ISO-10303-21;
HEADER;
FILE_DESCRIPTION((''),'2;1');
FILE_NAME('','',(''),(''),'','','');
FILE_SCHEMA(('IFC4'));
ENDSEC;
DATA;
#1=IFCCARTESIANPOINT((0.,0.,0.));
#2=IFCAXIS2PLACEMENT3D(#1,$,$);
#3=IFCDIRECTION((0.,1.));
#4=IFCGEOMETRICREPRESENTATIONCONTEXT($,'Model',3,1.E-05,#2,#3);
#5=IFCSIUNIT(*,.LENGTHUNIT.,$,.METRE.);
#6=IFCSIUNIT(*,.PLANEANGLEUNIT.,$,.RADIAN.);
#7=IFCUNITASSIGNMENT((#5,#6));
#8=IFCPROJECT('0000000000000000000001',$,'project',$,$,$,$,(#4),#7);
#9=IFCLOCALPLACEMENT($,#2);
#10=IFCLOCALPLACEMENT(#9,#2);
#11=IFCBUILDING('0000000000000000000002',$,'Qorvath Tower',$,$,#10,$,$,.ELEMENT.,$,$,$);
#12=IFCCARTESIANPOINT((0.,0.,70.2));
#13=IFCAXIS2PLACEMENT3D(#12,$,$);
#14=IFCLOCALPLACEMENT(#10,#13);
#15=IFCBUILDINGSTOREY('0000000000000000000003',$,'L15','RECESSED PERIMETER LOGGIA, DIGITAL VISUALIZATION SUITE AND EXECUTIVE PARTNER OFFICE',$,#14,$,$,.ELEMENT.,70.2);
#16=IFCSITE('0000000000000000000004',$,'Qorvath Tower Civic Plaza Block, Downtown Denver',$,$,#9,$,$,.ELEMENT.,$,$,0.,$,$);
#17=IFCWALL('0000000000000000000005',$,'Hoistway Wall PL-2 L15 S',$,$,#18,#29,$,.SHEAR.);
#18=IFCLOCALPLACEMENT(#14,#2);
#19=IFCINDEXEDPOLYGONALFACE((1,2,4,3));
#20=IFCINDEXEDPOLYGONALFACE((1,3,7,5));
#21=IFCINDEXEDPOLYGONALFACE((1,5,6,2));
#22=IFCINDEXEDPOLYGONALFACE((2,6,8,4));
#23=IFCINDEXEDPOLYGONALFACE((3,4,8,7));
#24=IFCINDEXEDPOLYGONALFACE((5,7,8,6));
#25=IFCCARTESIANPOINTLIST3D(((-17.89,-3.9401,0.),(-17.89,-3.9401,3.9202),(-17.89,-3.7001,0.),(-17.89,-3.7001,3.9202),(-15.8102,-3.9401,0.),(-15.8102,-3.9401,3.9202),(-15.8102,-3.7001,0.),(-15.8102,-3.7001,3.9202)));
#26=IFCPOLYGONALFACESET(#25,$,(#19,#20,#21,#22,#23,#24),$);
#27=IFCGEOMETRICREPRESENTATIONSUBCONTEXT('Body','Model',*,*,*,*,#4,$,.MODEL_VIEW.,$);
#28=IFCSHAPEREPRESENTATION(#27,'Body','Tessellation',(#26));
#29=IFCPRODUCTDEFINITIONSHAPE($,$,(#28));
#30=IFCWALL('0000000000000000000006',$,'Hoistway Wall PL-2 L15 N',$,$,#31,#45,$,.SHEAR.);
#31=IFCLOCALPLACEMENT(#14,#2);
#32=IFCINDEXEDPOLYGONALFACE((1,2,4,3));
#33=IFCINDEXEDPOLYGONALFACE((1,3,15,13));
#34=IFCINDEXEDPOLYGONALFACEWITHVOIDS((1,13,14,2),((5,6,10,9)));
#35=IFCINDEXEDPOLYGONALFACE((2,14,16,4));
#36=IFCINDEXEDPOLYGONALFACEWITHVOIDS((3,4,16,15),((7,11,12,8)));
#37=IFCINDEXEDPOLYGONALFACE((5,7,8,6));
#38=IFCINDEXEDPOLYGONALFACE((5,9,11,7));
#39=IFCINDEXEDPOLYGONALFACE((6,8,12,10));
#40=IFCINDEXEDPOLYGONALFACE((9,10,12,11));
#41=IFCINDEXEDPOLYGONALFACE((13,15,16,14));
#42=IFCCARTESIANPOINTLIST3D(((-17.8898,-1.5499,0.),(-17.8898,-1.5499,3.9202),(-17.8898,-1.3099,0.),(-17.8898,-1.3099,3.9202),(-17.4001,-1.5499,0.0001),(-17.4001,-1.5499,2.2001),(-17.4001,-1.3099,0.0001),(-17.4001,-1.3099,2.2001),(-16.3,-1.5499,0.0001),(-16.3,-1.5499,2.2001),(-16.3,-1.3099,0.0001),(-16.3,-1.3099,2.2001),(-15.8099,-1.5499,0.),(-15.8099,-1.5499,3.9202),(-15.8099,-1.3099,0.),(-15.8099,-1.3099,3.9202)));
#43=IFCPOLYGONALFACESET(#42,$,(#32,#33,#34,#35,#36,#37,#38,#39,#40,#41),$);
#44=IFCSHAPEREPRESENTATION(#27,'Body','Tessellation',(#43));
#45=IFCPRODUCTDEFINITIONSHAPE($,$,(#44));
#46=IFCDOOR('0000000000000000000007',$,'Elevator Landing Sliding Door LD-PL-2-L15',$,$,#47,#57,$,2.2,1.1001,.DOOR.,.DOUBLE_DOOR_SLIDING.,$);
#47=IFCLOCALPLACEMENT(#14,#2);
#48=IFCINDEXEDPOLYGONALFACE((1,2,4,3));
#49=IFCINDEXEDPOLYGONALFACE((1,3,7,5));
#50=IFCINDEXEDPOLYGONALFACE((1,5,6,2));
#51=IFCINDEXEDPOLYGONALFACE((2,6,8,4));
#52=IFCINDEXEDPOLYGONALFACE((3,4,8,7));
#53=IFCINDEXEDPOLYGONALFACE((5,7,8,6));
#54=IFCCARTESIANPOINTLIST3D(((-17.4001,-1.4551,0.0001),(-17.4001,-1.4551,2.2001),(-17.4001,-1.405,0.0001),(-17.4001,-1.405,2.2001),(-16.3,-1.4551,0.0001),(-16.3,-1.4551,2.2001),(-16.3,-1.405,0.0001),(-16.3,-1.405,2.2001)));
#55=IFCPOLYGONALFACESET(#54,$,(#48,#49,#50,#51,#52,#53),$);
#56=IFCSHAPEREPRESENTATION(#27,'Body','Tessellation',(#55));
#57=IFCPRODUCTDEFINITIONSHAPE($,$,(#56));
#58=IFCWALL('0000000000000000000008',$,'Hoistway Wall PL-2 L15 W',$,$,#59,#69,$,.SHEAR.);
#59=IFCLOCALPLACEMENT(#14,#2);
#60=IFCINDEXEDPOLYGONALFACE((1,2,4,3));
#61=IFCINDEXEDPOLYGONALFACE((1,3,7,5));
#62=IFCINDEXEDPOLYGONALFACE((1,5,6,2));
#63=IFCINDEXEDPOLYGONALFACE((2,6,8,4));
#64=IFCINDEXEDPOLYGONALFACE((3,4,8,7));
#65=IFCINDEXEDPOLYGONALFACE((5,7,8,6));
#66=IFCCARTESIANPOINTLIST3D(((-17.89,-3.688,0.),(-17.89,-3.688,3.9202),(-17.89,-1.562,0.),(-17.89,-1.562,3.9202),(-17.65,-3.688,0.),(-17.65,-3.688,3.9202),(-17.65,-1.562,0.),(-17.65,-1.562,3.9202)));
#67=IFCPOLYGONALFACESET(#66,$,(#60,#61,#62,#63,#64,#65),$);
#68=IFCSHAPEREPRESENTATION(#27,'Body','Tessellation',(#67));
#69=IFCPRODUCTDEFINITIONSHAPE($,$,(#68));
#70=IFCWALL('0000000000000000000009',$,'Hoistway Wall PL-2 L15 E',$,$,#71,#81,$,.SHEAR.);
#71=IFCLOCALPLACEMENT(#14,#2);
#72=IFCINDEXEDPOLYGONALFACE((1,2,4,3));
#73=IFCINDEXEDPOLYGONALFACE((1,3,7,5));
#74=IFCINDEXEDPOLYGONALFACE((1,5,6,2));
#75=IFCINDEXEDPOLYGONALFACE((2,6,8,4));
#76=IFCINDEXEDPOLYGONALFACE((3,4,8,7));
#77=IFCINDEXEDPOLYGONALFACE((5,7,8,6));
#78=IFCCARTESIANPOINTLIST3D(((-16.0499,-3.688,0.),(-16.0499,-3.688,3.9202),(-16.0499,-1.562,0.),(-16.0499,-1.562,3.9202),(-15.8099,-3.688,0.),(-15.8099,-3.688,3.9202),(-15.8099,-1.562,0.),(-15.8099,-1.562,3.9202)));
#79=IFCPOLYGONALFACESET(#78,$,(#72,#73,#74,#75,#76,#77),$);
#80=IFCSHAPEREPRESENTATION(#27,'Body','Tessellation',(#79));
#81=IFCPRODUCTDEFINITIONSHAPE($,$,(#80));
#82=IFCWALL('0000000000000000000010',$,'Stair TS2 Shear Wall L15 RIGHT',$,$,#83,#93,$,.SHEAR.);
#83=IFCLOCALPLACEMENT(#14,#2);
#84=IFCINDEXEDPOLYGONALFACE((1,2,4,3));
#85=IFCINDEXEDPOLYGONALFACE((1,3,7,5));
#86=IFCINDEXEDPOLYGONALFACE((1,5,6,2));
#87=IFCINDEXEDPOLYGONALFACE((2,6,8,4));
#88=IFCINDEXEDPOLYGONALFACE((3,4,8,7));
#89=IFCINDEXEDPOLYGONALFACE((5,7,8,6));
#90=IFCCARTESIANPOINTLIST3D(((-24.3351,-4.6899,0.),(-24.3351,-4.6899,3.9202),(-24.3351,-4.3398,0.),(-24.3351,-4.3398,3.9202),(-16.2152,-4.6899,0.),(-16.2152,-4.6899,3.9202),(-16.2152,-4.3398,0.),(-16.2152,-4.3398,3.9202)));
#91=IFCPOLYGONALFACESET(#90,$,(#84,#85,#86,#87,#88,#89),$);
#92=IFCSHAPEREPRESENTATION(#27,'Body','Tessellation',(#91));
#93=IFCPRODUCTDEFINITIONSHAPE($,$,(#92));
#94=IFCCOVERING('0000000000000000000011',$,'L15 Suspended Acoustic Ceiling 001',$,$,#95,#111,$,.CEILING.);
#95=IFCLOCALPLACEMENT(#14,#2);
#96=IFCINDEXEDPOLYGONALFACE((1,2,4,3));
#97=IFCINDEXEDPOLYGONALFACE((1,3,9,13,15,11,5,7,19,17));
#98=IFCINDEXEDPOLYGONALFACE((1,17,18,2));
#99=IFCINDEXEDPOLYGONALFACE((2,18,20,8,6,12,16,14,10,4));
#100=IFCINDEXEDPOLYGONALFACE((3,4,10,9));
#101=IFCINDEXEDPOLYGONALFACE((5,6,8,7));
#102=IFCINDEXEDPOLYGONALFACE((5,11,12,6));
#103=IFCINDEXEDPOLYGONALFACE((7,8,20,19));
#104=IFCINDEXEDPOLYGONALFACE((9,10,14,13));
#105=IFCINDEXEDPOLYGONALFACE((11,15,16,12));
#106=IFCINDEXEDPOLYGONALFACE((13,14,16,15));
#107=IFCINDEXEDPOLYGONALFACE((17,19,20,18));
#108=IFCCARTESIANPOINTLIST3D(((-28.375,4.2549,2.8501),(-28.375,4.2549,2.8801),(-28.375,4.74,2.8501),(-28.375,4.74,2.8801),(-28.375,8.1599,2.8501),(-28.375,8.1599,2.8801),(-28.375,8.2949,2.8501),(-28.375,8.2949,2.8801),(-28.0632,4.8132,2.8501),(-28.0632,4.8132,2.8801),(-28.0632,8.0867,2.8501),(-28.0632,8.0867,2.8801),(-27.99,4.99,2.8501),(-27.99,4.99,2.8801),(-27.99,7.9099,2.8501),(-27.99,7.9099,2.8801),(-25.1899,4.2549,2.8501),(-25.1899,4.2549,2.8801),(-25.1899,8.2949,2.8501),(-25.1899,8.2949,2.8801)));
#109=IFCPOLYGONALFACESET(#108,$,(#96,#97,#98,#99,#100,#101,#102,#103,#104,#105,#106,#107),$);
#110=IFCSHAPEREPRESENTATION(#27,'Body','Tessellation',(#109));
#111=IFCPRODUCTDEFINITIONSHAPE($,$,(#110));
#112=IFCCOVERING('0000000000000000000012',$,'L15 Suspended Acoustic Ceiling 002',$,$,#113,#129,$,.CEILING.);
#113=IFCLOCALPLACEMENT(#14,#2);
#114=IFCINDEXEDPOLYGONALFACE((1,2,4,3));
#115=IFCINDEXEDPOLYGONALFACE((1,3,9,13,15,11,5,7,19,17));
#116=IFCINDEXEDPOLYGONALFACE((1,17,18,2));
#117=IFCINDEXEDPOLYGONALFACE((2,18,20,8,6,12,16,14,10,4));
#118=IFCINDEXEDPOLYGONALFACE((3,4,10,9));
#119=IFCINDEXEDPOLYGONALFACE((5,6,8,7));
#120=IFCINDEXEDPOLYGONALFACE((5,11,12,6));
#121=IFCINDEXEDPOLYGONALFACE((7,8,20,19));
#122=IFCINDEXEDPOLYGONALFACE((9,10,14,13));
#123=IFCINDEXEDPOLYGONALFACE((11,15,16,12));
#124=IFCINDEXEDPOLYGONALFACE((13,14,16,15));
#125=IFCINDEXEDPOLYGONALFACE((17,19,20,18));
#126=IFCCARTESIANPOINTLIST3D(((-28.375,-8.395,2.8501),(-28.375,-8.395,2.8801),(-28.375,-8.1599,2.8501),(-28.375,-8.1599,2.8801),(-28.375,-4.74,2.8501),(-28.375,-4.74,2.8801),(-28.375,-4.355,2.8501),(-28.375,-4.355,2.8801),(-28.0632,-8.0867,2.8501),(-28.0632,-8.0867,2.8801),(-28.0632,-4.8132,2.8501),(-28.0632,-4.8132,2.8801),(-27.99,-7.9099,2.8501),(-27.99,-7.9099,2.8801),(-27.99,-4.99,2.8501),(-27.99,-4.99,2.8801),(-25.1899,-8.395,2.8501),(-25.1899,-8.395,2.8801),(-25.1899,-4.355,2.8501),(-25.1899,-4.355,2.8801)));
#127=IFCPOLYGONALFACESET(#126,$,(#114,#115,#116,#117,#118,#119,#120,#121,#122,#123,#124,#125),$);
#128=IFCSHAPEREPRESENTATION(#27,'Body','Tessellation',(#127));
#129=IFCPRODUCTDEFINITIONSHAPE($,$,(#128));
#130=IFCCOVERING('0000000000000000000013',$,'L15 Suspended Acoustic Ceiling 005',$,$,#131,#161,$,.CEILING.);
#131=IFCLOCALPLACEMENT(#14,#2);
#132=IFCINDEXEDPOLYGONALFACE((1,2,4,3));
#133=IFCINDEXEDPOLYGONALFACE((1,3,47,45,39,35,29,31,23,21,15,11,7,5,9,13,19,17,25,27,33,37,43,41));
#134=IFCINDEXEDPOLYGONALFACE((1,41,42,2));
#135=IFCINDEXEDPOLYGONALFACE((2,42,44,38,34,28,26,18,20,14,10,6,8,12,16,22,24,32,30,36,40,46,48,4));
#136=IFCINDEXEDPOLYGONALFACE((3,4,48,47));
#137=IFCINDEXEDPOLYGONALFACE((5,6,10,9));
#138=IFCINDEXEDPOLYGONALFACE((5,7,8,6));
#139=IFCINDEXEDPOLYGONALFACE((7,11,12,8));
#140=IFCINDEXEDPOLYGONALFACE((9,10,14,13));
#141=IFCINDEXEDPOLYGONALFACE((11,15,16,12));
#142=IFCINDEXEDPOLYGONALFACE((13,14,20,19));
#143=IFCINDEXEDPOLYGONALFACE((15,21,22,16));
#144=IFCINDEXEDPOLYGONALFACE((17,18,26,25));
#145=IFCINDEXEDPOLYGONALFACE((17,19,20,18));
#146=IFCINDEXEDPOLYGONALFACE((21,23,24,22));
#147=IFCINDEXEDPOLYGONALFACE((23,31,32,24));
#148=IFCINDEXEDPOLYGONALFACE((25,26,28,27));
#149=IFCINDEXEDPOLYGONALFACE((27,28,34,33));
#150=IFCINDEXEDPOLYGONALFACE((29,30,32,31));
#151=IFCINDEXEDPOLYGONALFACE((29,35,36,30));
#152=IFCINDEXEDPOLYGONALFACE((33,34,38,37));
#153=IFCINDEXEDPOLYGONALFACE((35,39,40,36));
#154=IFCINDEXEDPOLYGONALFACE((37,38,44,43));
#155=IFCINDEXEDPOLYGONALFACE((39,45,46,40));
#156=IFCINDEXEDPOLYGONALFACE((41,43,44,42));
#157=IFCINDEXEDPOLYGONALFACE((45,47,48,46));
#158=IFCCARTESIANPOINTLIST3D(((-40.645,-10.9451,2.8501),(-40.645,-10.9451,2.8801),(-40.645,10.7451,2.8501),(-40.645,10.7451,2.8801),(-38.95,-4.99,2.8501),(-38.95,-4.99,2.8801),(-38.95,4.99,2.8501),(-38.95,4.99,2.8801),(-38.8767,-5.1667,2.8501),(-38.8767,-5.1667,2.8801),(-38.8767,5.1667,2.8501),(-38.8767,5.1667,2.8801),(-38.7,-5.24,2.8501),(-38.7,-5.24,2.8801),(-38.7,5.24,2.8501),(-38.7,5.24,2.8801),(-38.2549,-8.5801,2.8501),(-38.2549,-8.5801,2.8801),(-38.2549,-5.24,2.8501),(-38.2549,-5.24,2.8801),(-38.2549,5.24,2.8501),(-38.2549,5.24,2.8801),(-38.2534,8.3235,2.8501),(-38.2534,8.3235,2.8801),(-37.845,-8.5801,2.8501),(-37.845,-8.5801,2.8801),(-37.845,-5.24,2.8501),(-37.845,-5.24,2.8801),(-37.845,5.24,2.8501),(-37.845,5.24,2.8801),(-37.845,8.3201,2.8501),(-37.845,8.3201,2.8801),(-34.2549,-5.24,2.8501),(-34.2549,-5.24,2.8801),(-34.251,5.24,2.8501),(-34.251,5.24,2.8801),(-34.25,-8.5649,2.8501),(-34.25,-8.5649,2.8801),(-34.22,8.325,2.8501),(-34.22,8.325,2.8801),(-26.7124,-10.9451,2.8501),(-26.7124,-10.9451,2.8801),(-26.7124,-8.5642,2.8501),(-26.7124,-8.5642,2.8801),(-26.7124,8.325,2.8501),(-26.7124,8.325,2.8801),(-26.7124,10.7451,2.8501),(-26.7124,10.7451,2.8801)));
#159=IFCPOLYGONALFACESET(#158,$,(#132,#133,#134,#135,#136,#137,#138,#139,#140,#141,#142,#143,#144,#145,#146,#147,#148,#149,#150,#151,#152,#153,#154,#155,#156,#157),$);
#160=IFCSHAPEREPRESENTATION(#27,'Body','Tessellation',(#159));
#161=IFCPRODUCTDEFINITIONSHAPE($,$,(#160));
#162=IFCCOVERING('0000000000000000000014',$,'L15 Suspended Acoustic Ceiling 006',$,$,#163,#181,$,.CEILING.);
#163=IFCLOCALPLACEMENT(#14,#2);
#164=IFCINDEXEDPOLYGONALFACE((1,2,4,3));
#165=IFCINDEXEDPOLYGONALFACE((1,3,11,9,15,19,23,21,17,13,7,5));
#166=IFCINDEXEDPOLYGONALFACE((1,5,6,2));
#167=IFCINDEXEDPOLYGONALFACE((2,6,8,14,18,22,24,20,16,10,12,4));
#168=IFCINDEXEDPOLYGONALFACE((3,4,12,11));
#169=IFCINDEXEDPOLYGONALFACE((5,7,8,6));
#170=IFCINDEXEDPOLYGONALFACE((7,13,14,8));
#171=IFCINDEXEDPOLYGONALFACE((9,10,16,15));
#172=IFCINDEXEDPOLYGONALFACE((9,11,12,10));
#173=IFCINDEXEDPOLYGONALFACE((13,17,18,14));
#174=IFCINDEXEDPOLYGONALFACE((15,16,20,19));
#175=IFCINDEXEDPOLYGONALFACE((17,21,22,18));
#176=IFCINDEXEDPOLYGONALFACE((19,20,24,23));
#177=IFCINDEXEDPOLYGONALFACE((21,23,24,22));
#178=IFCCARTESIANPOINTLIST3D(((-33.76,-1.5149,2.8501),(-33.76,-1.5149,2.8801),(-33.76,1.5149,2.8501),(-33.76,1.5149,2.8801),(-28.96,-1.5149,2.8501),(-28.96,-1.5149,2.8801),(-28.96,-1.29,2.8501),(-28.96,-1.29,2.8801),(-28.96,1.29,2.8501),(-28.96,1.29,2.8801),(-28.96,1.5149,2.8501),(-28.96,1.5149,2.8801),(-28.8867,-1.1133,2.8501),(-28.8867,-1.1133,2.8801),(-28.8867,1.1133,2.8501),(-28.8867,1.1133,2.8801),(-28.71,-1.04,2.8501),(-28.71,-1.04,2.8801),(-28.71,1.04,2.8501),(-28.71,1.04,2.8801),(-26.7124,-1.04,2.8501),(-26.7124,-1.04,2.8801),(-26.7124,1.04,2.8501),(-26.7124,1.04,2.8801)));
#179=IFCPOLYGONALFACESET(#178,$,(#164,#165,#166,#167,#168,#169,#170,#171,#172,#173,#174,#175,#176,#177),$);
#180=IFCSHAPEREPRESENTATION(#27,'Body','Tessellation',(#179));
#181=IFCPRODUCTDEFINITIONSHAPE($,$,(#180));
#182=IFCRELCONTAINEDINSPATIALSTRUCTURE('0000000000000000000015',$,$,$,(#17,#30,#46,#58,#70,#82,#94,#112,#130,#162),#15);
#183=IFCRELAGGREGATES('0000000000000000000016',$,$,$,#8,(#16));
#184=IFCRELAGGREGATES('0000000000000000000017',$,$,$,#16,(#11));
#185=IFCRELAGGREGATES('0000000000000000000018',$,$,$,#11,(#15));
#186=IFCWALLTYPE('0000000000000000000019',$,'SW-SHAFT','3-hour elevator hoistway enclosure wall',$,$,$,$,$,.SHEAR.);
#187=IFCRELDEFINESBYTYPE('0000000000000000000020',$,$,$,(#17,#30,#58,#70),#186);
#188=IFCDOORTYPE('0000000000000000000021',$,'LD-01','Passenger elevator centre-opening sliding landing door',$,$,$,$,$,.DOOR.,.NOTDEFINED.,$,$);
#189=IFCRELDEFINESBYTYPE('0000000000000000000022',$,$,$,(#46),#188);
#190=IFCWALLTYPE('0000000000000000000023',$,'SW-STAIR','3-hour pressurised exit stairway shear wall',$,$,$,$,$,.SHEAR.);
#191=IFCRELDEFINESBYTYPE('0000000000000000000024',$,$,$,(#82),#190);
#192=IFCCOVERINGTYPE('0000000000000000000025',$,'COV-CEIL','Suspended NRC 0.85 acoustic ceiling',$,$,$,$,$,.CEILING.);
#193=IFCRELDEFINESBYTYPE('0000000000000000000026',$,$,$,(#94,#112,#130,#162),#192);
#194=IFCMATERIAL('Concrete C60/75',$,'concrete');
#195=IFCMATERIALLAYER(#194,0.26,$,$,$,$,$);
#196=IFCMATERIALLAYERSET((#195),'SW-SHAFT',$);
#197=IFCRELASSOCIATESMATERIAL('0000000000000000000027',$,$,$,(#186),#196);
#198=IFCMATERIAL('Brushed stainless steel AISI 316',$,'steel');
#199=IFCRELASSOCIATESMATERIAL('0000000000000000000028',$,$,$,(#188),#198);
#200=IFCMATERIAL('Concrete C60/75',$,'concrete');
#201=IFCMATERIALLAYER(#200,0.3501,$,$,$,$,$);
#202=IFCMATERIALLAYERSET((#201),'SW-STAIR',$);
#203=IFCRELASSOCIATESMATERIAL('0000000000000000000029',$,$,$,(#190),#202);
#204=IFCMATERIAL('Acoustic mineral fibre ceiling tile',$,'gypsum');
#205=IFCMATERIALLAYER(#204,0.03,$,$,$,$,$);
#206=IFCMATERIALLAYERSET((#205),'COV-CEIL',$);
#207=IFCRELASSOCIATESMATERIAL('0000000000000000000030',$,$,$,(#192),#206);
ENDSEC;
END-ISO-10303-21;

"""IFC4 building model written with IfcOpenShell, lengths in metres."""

from ifc_helpers import new_model, si_unit, direction, frame, frame_2d, origin, place, context, subcontext, project, spatial, polyline, rectangle, outline, extrude, material, layer, layer_set, type_object, element, fill, save


model = new_model("IFC4")

# Units and contexts
model_context = context("Model", 3, precision=1e-05, world=origin(), true_north=direction((0.0, 1.0)))
body_context = subcontext(model_context, "Body", "Model", "MODEL_VIEW")
ifc_project = project(units=[si_unit("LENGTHUNIT", "METRE"), si_unit("PLANEANGLEUNIT", "RADIAN")], contexts=[model_context])

# Site, building, storey
site_placement = place(None, origin())
site = spatial("IfcSite", under=ifc_project, at=site_placement, Name="Qorvath Tower Civic Plaza Block, Downtown Denver", CompositionType="ELEMENT", RefElevation=0.0)
building_placement = place(site_placement, origin())
building = spatial("IfcBuilding", under=site, at=building_placement, Name="Qorvath Tower", CompositionType="ELEMENT")
storey_placement = place(building_placement, frame((0.0, 0.0, 70.2)))
storey = spatial("IfcBuildingStorey", under=building, at=storey_placement, Name="L15", Description="RECESSED PERIMETER LOGGIA, DIGITAL VISUALIZATION SUITE AND EXECUTIVE PARTNER OFFICE", CompositionType="ELEMENT", Elevation=70.2)

# Wall
ifc_material_1 = material(Name="Concrete C60/75", Category="concrete")
ifc_layer_1 = layer(ifc_material_1, 0.26)
ifc_layer_set_1 = layer_set([ifc_layer_1], Name="SW-SHAFT")
wall_type_1 = type_object("IfcWallType", Name="SW-SHAFT", Description="3-hour elevator hoistway enclosure wall", PredefinedType="SHEAR", material=ifc_layer_set_1)
wall_1_placement = place(storey_placement, frame((-15.8101, -3.8201, 0.0), z_axis=(0.0, 0.0, 1.0), x_axis=(-1.0, 0.0, 0.0)))
element("IfcWall", 1, at=wall_1_placement, inside=storey, type_object=wall_type_1, Name="Hoistway Wall PL-2 L15 S", PredefinedType="SHEAR", context=body_context, shape_type="SweptSolid", body=[
    extrude(rectangle(XDim=2.0798, YDim=0.24, at=frame_2d((1.04, 0.0))), origin(), (0.0, 0.0, 1.0), 3.9202),
])

# Wall, opening, door
wall_2_placement = place(storey_placement, frame((-17.8899, -1.4299, 0.0), z_axis=(0.0, 0.0, 1.0), x_axis=(1.0, 0.0, 0.0)))
wall_2 = element("IfcWall", 2, at=wall_2_placement, inside=storey, type_object=wall_type_1, Name="Hoistway Wall PL-2 L15 N", PredefinedType="SHEAR", context=body_context, shape_type="SweptSolid", body=[
    extrude(rectangle(XDim=2.0798, YDim=0.24, at=frame_2d((1.04, 0.0))), origin(), (0.0, 0.0, 1.0), 3.9202),
])
opening_placement = place(wall_2_placement, frame((0.4897, 0.0, 0.0)))
opening = element("IfcOpeningElement", 3, at=opening_placement, cuts=wall_2, PredefinedType="OPENING", context=body_context, shape_type="SweptSolid", body=[
    extrude(rectangle(XDim=1.1001, YDim=2.2, at=frame_2d((0.55, 1.1001))), frame((0.0, 0.1299, 0.0), z_axis=(0.0, -1.0, 0.0), x_axis=(1.0, 0.0, 0.0)), (0.0, 0.0, 1.0), 0.26),
])
ifc_material_2 = material(Name="Brushed stainless steel AISI 316", Category="steel")
door_type = type_object("IfcDoorType", Name="LD-01", Description="Passenger elevator centre-opening sliding landing door", OperationType="NOTDEFINED", PredefinedType="DOOR", material=ifc_material_2)
door_placement = place(opening_placement, origin())
door = element("IfcDoor", 4, at=door_placement, inside=storey, type_object=door_type, Name="Elevator Landing Sliding Door LD-PL-2-L15", OperationType="DOUBLE_DOOR_SLIDING", OverallHeight=2.2, OverallWidth=1.1001, PredefinedType="DOOR", context=body_context, shape_type="SweptSolid", body=[
    extrude(rectangle(XDim=1.1001, YDim=2.2, at=frame_2d((0.55, 1.1001))), frame((0.0, 0.0249, 0.0), z_axis=(0.0, -1.0, 0.0), x_axis=(1.0, 0.0, 0.0)), (0.0, 0.0, 1.0), 0.05),
])
fill(opening, door)

# Walls
for number, where, z_axis, x_axis, name in (
    (5, (-17.77, -3.688, 0.0), (0.0, 0.0, 1.0), (0.0, 1.0, 0.0), "Hoistway Wall PL-2 L15 W"),
    (6, (-15.9299, -1.562, 0.0), (0.0, 0.0, 1.0), (0.0, -1.0, 0.0), "Hoistway Wall PL-2 L15 E"),
):
    element("IfcWall", number, at=place(storey_placement, frame(where, z_axis=z_axis, x_axis=x_axis)), inside=storey, type_object=wall_type_1, Name=name, PredefinedType="SHEAR", context=body_context, shape_type="SweptSolid", body=[
        extrude(rectangle(XDim=2.126, YDim=0.24, at=frame_2d((1.063, 0.0))), origin(), (0.0, 0.0, 1.0), 3.9202),
    ])
ifc_material_3 = material(Name="Concrete C60/75", Category="concrete")
ifc_layer_2 = layer(ifc_material_3, 0.3501)
ifc_layer_set_2 = layer_set([ifc_layer_2], Name="SW-STAIR")
wall_type_2 = type_object("IfcWallType", Name="SW-STAIR", Description="3-hour pressurised exit stairway shear wall", PredefinedType="SHEAR", material=ifc_layer_set_2)
wall_3_placement = place(storey_placement, frame((-16.2151, -4.5149, 0.0), z_axis=(0.0, 0.0, 1.0), x_axis=(-1.0, 0.0, 0.0)))
element("IfcWall", 7, at=wall_3_placement, inside=storey, type_object=wall_type_2, Name="Stair TS2 Shear Wall L15 RIGHT", PredefinedType="SHEAR", context=body_context, shape_type="SweptSolid", body=[
    extrude(rectangle(XDim=8.1199, YDim=0.3501, at=frame_2d((4.0601, 0.0))), origin(), (0.0, 0.0, 1.0), 3.9202),
])

# Coverings
ifc_material_4 = material(Name="Acoustic mineral fibre ceiling tile", Category="gypsum")
ifc_layer_3 = layer(ifc_material_4, 0.03)
ifc_layer_set_3 = layer_set([ifc_layer_3], Name="COV-CEIL")
covering_type_1 = type_object("IfcCoveringType", Name="COV-CEIL", Description="Suspended NRC 0.85 acoustic ceiling", PredefinedType="CEILING", material=ifc_layer_set_3)
covering_1_placement = place(storey_placement, frame((0.0, 0.0, 2.8501)))
element("IfcCovering", 8, at=covering_1_placement, inside=storey, type_object=covering_type_1, Name="L15 Suspended Acoustic Ceiling 001", PredefinedType="CEILING", context=body_context, shape_type="SweptSolid", body=[
    extrude(outline(polyline([(-25.1899, 4.2549), (-25.1899, 8.2949), (-28.375, 8.2949), (-28.375, 8.1599), (-28.0632, 8.0867), (-27.99, 7.9099), (-27.99, 4.99), (-28.0632, 4.8132), (-28.375, 4.74), (-28.375, 4.2549), (-25.1899, 4.2549)])), origin(), (0.0, 0.0, 1.0), 0.03),
])
covering_2_placement = place(storey_placement, frame((0.0, 0.0, 2.8501)))
element("IfcCovering", 9, at=covering_2_placement, inside=storey, type_object=covering_type_1, Name="L15 Suspended Acoustic Ceiling 002", PredefinedType="CEILING", context=body_context, shape_type="SweptSolid", body=[
    extrude(outline(polyline([(-25.1899, -8.395), (-25.1899, -4.355), (-28.375, -4.355), (-28.375, -4.74), (-28.0632, -4.8132), (-27.99, -4.99), (-27.99, -7.9099), (-28.0632, -8.0867), (-28.375, -8.1599), (-28.375, -8.395), (-25.1899, -8.395)])), origin(), (0.0, 0.0, 1.0), 0.03),
])
covering_3_placement = place(storey_placement, frame((0.0, 0.0, 2.8501)))
element("IfcCovering", 10, at=covering_3_placement, inside=storey, type_object=covering_type_1, Name="L15 Suspended Acoustic Ceiling 005", PredefinedType="CEILING", context=body_context, shape_type="SweptSolid", body=[
    extrude(outline(polyline([(-26.7124, -10.9451), (-26.7124, -8.5642), (-34.25, -8.5649), (-34.2549, -5.24), (-37.845, -5.24), (-37.845, -8.5801), (-38.2549, -8.5801), (-38.2549, -5.24), (-38.7, -5.24), (-38.8767, -5.1667), (-38.95, -4.99), (-38.95, 4.99), (-38.8767, 5.1667), (-38.7, 5.24), (-38.2549, 5.24), (-38.2534, 8.3235), (-37.845, 8.3201), (-37.845, 5.24), (-34.251, 5.24), (-34.22, 8.325), (-26.7124, 8.325), (-26.7124, 10.7451), (-40.645, 10.7451), (-40.645, -10.9451), (-26.7124, -10.9451)])), origin(), (0.0, 0.0, 1.0), 0.03),
])
covering_4_placement = place(storey_placement, frame((0.0, 0.0, 2.8501)))
element("IfcCovering", 11, at=covering_4_placement, inside=storey, type_object=covering_type_1, Name="L15 Suspended Acoustic Ceiling 006", PredefinedType="CEILING", context=body_context, shape_type="SweptSolid", body=[
    extrude(outline(polyline([(-26.7124, -1.04), (-26.7124, 1.04), (-28.71, 1.04), (-28.8867, 1.1133), (-28.96, 1.29), (-28.96, 1.5149), (-33.76, 1.5149), (-33.76, -1.5149), (-28.96, -1.5149), (-28.96, -1.29), (-28.8867, -1.1133), (-28.71, -1.04), (-26.7124, -1.04)])), origin(), (0.0, 0.0, 1.0), 0.03),
])

save(model, "model.ifc")
